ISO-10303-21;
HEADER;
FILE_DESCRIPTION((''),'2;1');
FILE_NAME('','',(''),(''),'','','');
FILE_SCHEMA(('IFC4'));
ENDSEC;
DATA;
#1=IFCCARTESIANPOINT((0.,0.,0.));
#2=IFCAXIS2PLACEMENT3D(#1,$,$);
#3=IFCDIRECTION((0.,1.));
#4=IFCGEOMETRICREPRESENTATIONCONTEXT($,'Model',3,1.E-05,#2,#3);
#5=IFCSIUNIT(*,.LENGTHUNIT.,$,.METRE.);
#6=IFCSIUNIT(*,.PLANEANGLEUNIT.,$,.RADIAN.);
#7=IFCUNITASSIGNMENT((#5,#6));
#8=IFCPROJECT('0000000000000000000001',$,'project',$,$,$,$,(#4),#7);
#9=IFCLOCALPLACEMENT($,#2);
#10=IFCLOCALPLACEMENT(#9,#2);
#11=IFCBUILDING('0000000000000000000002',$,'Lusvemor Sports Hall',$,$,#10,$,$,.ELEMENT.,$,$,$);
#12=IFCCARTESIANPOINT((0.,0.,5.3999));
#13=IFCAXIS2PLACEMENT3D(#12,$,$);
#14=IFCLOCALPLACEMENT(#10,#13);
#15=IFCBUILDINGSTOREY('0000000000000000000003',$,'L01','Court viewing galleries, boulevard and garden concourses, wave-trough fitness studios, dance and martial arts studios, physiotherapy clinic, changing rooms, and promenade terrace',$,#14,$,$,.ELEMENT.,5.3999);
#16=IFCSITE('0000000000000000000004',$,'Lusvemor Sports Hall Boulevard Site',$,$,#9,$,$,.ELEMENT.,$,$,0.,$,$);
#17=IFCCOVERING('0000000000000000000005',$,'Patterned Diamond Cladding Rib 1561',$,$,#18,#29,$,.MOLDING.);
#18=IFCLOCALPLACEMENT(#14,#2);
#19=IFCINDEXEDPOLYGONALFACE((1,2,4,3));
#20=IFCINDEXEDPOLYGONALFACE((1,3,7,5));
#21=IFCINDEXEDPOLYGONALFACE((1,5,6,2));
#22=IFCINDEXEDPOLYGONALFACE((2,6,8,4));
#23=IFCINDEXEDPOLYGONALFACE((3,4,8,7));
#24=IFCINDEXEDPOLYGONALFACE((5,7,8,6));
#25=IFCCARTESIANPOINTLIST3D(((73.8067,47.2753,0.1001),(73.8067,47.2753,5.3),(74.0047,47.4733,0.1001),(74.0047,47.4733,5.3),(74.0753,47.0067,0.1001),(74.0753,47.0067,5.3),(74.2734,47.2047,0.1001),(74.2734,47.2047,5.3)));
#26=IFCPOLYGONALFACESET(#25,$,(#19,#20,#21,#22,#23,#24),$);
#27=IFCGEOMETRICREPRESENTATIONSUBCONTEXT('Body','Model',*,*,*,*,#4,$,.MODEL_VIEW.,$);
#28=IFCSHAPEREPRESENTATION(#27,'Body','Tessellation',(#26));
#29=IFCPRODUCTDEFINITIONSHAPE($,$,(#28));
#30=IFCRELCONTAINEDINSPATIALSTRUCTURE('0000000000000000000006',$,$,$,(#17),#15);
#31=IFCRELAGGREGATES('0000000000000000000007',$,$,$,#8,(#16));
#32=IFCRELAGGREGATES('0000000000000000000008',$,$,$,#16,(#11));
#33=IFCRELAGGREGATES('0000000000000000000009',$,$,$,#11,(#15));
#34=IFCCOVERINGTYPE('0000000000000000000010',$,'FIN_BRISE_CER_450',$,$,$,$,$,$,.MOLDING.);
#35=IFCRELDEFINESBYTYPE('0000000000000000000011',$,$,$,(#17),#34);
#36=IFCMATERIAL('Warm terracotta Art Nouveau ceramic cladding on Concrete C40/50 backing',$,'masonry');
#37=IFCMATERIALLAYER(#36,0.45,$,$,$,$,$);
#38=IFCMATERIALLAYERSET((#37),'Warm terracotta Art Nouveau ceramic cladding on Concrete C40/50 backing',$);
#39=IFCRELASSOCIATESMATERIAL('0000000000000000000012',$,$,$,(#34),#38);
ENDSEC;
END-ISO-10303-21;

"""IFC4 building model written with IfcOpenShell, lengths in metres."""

from ifc_helpers import new_model, si_unit, direction, frame, origin, origin_2d, place, context, subcontext, project, spatial, rectangle, extrude, material, layer, layer_set, type_object, element, save


model = new_model("IFC4")

# Units and contexts
model_context = context("Model", 3, precision=1e-05, world=origin(), true_north=direction((0.0, 1.0)))
body_context = subcontext(model_context, "Body", "Model", "MODEL_VIEW")
ifc_project = project(units=[si_unit("LENGTHUNIT", "METRE"), si_unit("PLANEANGLEUNIT", "RADIAN")], contexts=[model_context])

# Site, building, storey
site_placement = place(None, origin())
site = spatial("IfcSite", under=ifc_project, at=site_placement, Name="Lusvemor Sports Hall Boulevard Site", CompositionType="ELEMENT", RefElevation=0.0)
building_placement = place(site_placement, origin())
building = spatial("IfcBuilding", under=site, at=building_placement, Name="Lusvemor Sports Hall", CompositionType="ELEMENT")
storey_placement = place(building_placement, frame((0.0, 0.0, 5.3999)))
storey = spatial("IfcBuildingStorey", under=building, at=storey_placement, Name="L01", Description="Court viewing galleries, boulevard and garden concourses, wave-trough fitness studios, dance and martial arts studios, physiotherapy clinic, changing rooms, and promenade terrace", CompositionType="ELEMENT", Elevation=5.3999)

# Covering
ifc_material_1 = material(Name="Warm terracotta Art Nouveau ceramic cladding on Concrete C40/50 backing", Category="masonry")
ifc_layer_1 = layer(ifc_material_1, 0.45)
ifc_layer_set_1 = layer_set([ifc_layer_1], Name="Warm terracotta Art Nouveau ceramic cladding on Concrete C40/50 backing")
covering_type_1 = type_object("IfcCoveringType", Name="FIN_BRISE_CER_450", PredefinedType="MOLDING", material=ifc_layer_set_1)
covering_1_placement = place(storey_placement, frame((74.04, 47.24, 0.1001), z_axis=(0.0, 0.0, 1.0), x_axis=(0.707107, 0.707107, 0.0)))
element("IfcCovering", 1, at=covering_1_placement, inside=storey, type_object=covering_type_1, Name="Patterned Diamond Cladding Rib 1561", PredefinedType="MOLDING", context=body_context, shape_type="SweptSolid", body=[
    extrude(rectangle(XDim=0.28, YDim=0.3799, at=origin_2d()), origin(), (0.0, 0.0, 1.0), 5.2),
])

save(model, "model.ifc")
